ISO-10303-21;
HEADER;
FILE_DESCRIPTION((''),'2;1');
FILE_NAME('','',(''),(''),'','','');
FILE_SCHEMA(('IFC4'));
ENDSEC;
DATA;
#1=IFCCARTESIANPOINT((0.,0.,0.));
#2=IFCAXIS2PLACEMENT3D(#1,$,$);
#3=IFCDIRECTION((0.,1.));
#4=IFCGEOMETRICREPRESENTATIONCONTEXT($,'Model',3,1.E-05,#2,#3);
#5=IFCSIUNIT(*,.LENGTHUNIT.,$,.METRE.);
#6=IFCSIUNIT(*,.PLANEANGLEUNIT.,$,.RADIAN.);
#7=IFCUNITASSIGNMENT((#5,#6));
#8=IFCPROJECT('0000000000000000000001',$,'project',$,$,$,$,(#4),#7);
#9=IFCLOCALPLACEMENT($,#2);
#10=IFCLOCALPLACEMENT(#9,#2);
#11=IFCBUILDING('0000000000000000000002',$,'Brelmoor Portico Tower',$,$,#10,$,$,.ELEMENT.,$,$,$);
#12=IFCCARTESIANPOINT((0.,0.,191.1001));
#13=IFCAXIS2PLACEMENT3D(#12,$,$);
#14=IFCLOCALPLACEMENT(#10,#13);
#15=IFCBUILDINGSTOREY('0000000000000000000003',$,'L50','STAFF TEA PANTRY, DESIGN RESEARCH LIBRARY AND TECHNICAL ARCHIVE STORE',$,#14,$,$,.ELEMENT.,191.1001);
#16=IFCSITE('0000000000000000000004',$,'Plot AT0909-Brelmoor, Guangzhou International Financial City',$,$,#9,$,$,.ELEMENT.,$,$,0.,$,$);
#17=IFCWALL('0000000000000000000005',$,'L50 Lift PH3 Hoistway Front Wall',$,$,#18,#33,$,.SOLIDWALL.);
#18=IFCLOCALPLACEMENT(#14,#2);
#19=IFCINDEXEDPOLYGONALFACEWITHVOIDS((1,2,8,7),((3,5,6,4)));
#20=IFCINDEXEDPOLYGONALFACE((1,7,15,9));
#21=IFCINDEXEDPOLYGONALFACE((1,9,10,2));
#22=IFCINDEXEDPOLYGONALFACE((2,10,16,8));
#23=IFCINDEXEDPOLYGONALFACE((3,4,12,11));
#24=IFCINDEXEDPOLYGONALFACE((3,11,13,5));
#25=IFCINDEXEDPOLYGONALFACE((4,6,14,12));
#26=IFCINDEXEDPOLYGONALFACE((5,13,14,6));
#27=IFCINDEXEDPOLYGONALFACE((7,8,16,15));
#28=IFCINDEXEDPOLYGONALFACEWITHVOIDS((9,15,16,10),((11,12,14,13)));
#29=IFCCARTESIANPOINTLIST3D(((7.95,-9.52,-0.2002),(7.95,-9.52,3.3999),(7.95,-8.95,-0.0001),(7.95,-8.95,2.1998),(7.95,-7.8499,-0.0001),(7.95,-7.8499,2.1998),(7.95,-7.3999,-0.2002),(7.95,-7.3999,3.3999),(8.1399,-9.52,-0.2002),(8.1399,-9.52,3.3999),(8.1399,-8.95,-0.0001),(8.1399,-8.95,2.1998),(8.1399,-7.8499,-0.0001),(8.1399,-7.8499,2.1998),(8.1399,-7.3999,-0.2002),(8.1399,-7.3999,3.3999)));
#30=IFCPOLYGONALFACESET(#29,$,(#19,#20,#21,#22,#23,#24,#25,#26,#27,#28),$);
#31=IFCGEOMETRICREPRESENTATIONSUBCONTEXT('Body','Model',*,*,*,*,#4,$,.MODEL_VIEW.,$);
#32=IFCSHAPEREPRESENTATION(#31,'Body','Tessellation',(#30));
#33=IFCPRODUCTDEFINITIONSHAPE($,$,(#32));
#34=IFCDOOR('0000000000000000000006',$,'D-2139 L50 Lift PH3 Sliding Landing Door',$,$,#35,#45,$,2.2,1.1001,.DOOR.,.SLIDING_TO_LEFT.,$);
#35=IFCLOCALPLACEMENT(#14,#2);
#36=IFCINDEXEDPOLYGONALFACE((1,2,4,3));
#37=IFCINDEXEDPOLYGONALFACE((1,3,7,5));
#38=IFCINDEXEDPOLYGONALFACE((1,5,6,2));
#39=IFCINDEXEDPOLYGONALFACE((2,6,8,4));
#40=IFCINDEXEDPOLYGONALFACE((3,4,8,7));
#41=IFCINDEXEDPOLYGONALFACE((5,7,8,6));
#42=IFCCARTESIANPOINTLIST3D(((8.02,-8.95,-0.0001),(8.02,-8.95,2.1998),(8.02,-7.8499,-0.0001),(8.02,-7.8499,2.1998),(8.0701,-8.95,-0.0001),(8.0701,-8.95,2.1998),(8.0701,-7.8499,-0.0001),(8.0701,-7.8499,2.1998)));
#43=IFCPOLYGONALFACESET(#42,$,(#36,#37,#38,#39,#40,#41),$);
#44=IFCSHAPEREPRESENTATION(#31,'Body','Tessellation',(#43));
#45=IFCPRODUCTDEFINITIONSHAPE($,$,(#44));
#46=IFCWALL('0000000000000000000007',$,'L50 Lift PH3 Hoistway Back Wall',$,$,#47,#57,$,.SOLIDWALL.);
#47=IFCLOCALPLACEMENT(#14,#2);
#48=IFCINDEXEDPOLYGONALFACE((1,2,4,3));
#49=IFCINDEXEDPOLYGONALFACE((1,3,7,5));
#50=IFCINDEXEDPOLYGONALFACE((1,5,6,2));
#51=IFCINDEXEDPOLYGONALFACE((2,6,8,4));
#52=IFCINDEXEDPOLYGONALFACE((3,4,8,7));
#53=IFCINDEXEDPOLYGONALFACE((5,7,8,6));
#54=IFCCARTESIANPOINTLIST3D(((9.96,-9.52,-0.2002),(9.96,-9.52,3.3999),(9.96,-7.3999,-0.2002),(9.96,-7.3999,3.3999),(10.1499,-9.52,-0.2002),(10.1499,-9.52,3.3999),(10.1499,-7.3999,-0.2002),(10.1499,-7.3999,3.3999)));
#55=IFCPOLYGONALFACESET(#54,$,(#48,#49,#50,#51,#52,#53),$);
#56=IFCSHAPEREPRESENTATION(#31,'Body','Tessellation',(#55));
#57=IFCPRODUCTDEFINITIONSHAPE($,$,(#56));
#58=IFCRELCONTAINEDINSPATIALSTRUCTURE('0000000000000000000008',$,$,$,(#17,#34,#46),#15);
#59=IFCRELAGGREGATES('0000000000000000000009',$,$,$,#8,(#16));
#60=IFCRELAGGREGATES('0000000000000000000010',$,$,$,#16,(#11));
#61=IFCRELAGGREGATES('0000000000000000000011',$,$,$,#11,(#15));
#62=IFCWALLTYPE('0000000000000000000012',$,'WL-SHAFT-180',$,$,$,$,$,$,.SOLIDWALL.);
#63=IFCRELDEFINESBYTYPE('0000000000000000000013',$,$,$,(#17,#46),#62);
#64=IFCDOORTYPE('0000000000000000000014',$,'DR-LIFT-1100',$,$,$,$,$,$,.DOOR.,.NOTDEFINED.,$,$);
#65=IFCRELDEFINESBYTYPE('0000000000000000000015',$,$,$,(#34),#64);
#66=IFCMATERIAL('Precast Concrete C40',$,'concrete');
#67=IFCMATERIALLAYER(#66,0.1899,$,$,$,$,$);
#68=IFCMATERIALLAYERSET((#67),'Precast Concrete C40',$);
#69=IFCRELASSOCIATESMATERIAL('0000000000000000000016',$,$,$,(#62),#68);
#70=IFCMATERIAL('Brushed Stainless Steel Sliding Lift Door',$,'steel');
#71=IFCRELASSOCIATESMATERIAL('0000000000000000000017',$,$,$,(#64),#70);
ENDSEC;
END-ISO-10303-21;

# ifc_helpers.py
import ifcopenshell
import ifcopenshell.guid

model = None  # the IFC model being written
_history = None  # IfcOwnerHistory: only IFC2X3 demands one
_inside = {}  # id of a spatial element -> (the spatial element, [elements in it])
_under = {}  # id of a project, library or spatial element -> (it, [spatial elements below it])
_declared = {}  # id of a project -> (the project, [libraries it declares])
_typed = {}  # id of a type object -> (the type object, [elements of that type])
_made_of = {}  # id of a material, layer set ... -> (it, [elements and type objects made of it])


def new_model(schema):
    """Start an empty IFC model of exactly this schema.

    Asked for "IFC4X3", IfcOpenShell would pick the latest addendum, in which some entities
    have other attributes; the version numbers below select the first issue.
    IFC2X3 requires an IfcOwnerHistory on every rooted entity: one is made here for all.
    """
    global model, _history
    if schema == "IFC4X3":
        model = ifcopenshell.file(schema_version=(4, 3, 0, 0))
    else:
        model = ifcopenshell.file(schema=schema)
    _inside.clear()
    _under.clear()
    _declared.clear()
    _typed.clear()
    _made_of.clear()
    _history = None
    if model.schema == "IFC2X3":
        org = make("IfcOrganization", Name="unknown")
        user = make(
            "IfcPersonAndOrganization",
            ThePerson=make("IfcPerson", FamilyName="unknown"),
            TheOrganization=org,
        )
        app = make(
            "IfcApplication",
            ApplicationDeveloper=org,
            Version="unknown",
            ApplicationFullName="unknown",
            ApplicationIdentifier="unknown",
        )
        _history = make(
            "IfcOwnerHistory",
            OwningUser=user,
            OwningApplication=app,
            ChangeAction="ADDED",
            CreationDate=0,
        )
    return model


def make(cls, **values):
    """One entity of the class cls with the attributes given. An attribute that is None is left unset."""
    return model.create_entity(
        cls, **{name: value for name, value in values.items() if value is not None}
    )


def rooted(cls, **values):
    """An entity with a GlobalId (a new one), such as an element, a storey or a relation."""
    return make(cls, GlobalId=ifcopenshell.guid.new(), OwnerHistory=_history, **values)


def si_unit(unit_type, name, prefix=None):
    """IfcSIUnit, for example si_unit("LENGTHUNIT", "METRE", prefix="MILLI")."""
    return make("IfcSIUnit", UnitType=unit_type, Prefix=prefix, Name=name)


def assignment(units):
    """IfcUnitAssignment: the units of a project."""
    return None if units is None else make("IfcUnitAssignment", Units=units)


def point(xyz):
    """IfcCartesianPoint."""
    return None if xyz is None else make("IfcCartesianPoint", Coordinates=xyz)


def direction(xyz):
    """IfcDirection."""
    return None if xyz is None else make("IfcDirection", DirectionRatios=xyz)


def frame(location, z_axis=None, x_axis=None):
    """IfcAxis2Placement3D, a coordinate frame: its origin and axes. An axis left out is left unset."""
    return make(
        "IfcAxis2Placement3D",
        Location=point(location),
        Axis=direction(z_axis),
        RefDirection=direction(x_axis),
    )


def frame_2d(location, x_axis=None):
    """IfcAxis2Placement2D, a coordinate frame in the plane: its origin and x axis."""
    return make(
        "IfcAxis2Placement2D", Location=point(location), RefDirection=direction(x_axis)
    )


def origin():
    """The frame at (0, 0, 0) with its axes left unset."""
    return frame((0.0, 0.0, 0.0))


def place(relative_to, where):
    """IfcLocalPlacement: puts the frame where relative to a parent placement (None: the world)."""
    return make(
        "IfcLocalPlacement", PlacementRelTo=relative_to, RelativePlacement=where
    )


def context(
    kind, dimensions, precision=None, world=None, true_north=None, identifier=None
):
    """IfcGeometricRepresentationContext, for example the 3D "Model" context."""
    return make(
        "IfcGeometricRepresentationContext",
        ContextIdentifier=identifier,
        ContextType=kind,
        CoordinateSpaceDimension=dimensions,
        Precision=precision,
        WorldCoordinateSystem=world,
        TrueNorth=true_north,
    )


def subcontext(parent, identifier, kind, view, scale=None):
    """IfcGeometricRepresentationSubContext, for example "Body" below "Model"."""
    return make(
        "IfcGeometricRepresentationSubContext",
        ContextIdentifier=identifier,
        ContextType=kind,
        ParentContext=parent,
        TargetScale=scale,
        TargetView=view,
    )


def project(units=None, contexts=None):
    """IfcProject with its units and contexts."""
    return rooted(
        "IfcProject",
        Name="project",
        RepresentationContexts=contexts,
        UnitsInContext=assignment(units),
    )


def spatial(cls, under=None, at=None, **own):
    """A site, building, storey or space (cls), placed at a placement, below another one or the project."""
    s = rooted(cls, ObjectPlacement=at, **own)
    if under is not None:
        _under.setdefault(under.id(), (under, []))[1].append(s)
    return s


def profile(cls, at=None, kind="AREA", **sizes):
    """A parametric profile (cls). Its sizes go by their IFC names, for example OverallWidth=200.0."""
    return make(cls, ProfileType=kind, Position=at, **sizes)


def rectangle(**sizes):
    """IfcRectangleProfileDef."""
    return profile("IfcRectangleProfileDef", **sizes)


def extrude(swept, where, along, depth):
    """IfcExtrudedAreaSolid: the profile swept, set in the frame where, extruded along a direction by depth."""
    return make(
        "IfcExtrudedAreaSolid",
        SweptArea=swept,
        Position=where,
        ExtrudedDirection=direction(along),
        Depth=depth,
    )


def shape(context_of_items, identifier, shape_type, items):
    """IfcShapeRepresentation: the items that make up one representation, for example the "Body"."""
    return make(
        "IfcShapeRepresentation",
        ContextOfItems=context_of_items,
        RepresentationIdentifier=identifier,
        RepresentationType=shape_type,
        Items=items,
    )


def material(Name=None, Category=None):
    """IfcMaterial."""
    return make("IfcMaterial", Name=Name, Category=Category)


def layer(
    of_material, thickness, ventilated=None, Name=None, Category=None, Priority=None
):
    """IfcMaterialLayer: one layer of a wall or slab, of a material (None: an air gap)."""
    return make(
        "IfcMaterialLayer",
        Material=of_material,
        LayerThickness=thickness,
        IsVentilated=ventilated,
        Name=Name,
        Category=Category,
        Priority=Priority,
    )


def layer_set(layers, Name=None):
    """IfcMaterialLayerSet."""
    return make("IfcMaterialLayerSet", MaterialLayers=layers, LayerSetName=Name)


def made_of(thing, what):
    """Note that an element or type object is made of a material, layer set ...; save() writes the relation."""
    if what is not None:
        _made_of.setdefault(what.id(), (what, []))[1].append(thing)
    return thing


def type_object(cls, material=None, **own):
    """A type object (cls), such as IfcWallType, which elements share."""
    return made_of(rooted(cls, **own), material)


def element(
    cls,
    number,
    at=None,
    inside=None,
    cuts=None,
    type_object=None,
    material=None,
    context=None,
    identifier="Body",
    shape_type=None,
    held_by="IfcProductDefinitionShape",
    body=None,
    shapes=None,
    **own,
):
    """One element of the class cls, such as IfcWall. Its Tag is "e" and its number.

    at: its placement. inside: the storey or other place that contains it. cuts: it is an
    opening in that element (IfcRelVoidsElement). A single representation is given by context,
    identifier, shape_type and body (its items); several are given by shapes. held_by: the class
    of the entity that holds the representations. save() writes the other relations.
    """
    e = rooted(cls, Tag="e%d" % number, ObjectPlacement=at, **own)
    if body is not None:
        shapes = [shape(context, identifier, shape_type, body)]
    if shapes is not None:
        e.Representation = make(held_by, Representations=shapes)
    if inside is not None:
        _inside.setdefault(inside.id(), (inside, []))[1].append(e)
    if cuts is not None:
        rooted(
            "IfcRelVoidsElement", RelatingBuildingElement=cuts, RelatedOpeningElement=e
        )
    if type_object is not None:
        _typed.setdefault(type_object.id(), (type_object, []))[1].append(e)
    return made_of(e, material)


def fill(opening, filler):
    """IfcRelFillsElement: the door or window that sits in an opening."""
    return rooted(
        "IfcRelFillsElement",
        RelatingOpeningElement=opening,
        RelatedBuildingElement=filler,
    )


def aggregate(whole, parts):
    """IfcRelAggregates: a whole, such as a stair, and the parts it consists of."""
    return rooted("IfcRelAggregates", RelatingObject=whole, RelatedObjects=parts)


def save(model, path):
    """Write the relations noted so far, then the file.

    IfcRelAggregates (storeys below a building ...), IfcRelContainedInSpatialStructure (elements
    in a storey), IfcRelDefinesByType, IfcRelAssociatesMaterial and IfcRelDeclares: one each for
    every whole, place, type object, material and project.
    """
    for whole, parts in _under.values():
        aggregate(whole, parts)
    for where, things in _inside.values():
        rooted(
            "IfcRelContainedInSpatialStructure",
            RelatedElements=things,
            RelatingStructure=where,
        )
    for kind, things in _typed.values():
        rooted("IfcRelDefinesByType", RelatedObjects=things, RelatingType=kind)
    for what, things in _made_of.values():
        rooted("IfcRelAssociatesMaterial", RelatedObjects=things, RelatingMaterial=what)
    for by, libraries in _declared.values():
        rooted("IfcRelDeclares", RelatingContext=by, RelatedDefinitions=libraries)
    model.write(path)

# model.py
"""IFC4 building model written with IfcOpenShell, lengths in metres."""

from ifc_helpers import new_model, si_unit, direction, frame, frame_2d, origin, place, context, subcontext, project, spatial, rectangle, extrude, material, layer, layer_set, type_object, element, fill, save


model = new_model("IFC4")

# Units and contexts
model_context = context("Model", 3, precision=1e-05, world=origin(), true_north=direction((0.0, 1.0)))
body_context = subcontext(model_context, "Body", "Model", "MODEL_VIEW")
ifc_project = project(units=[si_unit("LENGTHUNIT", "METRE"), si_unit("PLANEANGLEUNIT", "RADIAN")], contexts=[model_context])

# Site, building, storey
site_placement = place(None, origin())
site = spatial("IfcSite", under=ifc_project, at=site_placement, Name="Plot AT0909-Brelmoor, Guangzhou International Financial City", CompositionType="ELEMENT", RefElevation=0.0)
building_placement = place(site_placement, origin())
building = spatial("IfcBuilding", under=site, at=building_placement, Name="Brelmoor Portico Tower", CompositionType="ELEMENT")
storey_placement = place(building_placement, frame((0.0, 0.0, 191.1001)))
storey = spatial("IfcBuildingStorey", under=building, at=storey_placement, Name="L50", Description="STAFF TEA PANTRY, DESIGN RESEARCH LIBRARY AND TECHNICAL ARCHIVE STORE", CompositionType="ELEMENT", Elevation=191.1001)

# Wall, opening, door
ifc_material_1 = material(Name="Precast Concrete C40", Category="concrete")
ifc_layer_1 = layer(ifc_material_1, 0.1899)
ifc_layer_set_1 = layer_set([ifc_layer_1], Name="Precast Concrete C40")
wall_type_1 = type_object("IfcWallType", Name="WL-SHAFT-180", PredefinedType="SOLIDWALL", material=ifc_layer_set_1)
wall_1_placement = place(storey_placement, frame((8.0449, -9.52, -0.2002), z_axis=(0.0, 0.0, 1.0), x_axis=(0.0, 1.0, 0.0)))
wall_1 = element("IfcWall", 1, at=wall_1_placement, inside=storey, type_object=wall_type_1, Name="L50 Lift PH3 Hoistway Front Wall", PredefinedType="SOLIDWALL", context=body_context, shape_type="SweptSolid", body=[
    extrude(rectangle(XDim=2.1201, YDim=0.1899, at=frame_2d((1.0601, 0.0))), origin(), (0.0, 0.0, 1.0), 3.6001),
])
opening_1_placement = place(wall_1_placement, frame((0.5701, 0.0, 0.2)))
opening_1 = element("IfcOpeningElement", 2, at=opening_1_placement, cuts=wall_1, PredefinedType="OPENING", context=body_context, shape_type="SweptSolid", body=[
    extrude(rectangle(XDim=1.1001, YDim=2.2, at=frame_2d((0.55, 1.1001))), frame((0.0, 0.105, 0.0), z_axis=(0.0, -1.0, 0.0), x_axis=(1.0, 0.0, 0.0)), (0.0, 0.0, 1.0), 0.21),
])
ifc_material_2 = material(Name="Brushed Stainless Steel Sliding Lift Door", Category="steel")
door_type_1 = type_object("IfcDoorType", Name="DR-LIFT-1100", OperationType="NOTDEFINED", PredefinedType="DOOR", material=ifc_material_2)
door_1_placement = place(opening_1_placement, origin())
door_1 = element("IfcDoor", 3, at=door_1_placement, inside=storey, type_object=door_type_1, Name="D-2139 L50 Lift PH3 Sliding Landing Door", OperationType="SLIDING_TO_LEFT", OverallHeight=2.2, OverallWidth=1.1001, PredefinedType="DOOR", context=body_context, shape_type="SweptSolid", body=[
    extrude(rectangle(XDim=1.1001, YDim=2.2, at=frame_2d((0.55, 1.1001))), frame((0.0, 0.0249, 0.0), z_axis=(0.0, -1.0, 0.0), x_axis=(1.0, 0.0, 0.0)), (0.0, 0.0, 1.0), 0.05),
])
fill(opening_1, door_1)

# Wall
wall_2_placement = place(storey_placement, frame((10.0549, -9.52, -0.2002), z_axis=(0.0, 0.0, 1.0), x_axis=(0.0, 1.0, 0.0)))
element("IfcWall", 4, at=wall_2_placement, inside=storey, type_object=wall_type_1, Name="L50 Lift PH3 Hoistway Back Wall", PredefinedType="SOLIDWALL", context=body_context, shape_type="SweptSolid", body=[
    extrude(rectangle(XDim=2.1201, YDim=0.1899, at=frame_2d((1.0601, 0.0))), origin(), (0.0, 0.0, 1.0), 3.6001),
])

save(model, "model.ifc")
